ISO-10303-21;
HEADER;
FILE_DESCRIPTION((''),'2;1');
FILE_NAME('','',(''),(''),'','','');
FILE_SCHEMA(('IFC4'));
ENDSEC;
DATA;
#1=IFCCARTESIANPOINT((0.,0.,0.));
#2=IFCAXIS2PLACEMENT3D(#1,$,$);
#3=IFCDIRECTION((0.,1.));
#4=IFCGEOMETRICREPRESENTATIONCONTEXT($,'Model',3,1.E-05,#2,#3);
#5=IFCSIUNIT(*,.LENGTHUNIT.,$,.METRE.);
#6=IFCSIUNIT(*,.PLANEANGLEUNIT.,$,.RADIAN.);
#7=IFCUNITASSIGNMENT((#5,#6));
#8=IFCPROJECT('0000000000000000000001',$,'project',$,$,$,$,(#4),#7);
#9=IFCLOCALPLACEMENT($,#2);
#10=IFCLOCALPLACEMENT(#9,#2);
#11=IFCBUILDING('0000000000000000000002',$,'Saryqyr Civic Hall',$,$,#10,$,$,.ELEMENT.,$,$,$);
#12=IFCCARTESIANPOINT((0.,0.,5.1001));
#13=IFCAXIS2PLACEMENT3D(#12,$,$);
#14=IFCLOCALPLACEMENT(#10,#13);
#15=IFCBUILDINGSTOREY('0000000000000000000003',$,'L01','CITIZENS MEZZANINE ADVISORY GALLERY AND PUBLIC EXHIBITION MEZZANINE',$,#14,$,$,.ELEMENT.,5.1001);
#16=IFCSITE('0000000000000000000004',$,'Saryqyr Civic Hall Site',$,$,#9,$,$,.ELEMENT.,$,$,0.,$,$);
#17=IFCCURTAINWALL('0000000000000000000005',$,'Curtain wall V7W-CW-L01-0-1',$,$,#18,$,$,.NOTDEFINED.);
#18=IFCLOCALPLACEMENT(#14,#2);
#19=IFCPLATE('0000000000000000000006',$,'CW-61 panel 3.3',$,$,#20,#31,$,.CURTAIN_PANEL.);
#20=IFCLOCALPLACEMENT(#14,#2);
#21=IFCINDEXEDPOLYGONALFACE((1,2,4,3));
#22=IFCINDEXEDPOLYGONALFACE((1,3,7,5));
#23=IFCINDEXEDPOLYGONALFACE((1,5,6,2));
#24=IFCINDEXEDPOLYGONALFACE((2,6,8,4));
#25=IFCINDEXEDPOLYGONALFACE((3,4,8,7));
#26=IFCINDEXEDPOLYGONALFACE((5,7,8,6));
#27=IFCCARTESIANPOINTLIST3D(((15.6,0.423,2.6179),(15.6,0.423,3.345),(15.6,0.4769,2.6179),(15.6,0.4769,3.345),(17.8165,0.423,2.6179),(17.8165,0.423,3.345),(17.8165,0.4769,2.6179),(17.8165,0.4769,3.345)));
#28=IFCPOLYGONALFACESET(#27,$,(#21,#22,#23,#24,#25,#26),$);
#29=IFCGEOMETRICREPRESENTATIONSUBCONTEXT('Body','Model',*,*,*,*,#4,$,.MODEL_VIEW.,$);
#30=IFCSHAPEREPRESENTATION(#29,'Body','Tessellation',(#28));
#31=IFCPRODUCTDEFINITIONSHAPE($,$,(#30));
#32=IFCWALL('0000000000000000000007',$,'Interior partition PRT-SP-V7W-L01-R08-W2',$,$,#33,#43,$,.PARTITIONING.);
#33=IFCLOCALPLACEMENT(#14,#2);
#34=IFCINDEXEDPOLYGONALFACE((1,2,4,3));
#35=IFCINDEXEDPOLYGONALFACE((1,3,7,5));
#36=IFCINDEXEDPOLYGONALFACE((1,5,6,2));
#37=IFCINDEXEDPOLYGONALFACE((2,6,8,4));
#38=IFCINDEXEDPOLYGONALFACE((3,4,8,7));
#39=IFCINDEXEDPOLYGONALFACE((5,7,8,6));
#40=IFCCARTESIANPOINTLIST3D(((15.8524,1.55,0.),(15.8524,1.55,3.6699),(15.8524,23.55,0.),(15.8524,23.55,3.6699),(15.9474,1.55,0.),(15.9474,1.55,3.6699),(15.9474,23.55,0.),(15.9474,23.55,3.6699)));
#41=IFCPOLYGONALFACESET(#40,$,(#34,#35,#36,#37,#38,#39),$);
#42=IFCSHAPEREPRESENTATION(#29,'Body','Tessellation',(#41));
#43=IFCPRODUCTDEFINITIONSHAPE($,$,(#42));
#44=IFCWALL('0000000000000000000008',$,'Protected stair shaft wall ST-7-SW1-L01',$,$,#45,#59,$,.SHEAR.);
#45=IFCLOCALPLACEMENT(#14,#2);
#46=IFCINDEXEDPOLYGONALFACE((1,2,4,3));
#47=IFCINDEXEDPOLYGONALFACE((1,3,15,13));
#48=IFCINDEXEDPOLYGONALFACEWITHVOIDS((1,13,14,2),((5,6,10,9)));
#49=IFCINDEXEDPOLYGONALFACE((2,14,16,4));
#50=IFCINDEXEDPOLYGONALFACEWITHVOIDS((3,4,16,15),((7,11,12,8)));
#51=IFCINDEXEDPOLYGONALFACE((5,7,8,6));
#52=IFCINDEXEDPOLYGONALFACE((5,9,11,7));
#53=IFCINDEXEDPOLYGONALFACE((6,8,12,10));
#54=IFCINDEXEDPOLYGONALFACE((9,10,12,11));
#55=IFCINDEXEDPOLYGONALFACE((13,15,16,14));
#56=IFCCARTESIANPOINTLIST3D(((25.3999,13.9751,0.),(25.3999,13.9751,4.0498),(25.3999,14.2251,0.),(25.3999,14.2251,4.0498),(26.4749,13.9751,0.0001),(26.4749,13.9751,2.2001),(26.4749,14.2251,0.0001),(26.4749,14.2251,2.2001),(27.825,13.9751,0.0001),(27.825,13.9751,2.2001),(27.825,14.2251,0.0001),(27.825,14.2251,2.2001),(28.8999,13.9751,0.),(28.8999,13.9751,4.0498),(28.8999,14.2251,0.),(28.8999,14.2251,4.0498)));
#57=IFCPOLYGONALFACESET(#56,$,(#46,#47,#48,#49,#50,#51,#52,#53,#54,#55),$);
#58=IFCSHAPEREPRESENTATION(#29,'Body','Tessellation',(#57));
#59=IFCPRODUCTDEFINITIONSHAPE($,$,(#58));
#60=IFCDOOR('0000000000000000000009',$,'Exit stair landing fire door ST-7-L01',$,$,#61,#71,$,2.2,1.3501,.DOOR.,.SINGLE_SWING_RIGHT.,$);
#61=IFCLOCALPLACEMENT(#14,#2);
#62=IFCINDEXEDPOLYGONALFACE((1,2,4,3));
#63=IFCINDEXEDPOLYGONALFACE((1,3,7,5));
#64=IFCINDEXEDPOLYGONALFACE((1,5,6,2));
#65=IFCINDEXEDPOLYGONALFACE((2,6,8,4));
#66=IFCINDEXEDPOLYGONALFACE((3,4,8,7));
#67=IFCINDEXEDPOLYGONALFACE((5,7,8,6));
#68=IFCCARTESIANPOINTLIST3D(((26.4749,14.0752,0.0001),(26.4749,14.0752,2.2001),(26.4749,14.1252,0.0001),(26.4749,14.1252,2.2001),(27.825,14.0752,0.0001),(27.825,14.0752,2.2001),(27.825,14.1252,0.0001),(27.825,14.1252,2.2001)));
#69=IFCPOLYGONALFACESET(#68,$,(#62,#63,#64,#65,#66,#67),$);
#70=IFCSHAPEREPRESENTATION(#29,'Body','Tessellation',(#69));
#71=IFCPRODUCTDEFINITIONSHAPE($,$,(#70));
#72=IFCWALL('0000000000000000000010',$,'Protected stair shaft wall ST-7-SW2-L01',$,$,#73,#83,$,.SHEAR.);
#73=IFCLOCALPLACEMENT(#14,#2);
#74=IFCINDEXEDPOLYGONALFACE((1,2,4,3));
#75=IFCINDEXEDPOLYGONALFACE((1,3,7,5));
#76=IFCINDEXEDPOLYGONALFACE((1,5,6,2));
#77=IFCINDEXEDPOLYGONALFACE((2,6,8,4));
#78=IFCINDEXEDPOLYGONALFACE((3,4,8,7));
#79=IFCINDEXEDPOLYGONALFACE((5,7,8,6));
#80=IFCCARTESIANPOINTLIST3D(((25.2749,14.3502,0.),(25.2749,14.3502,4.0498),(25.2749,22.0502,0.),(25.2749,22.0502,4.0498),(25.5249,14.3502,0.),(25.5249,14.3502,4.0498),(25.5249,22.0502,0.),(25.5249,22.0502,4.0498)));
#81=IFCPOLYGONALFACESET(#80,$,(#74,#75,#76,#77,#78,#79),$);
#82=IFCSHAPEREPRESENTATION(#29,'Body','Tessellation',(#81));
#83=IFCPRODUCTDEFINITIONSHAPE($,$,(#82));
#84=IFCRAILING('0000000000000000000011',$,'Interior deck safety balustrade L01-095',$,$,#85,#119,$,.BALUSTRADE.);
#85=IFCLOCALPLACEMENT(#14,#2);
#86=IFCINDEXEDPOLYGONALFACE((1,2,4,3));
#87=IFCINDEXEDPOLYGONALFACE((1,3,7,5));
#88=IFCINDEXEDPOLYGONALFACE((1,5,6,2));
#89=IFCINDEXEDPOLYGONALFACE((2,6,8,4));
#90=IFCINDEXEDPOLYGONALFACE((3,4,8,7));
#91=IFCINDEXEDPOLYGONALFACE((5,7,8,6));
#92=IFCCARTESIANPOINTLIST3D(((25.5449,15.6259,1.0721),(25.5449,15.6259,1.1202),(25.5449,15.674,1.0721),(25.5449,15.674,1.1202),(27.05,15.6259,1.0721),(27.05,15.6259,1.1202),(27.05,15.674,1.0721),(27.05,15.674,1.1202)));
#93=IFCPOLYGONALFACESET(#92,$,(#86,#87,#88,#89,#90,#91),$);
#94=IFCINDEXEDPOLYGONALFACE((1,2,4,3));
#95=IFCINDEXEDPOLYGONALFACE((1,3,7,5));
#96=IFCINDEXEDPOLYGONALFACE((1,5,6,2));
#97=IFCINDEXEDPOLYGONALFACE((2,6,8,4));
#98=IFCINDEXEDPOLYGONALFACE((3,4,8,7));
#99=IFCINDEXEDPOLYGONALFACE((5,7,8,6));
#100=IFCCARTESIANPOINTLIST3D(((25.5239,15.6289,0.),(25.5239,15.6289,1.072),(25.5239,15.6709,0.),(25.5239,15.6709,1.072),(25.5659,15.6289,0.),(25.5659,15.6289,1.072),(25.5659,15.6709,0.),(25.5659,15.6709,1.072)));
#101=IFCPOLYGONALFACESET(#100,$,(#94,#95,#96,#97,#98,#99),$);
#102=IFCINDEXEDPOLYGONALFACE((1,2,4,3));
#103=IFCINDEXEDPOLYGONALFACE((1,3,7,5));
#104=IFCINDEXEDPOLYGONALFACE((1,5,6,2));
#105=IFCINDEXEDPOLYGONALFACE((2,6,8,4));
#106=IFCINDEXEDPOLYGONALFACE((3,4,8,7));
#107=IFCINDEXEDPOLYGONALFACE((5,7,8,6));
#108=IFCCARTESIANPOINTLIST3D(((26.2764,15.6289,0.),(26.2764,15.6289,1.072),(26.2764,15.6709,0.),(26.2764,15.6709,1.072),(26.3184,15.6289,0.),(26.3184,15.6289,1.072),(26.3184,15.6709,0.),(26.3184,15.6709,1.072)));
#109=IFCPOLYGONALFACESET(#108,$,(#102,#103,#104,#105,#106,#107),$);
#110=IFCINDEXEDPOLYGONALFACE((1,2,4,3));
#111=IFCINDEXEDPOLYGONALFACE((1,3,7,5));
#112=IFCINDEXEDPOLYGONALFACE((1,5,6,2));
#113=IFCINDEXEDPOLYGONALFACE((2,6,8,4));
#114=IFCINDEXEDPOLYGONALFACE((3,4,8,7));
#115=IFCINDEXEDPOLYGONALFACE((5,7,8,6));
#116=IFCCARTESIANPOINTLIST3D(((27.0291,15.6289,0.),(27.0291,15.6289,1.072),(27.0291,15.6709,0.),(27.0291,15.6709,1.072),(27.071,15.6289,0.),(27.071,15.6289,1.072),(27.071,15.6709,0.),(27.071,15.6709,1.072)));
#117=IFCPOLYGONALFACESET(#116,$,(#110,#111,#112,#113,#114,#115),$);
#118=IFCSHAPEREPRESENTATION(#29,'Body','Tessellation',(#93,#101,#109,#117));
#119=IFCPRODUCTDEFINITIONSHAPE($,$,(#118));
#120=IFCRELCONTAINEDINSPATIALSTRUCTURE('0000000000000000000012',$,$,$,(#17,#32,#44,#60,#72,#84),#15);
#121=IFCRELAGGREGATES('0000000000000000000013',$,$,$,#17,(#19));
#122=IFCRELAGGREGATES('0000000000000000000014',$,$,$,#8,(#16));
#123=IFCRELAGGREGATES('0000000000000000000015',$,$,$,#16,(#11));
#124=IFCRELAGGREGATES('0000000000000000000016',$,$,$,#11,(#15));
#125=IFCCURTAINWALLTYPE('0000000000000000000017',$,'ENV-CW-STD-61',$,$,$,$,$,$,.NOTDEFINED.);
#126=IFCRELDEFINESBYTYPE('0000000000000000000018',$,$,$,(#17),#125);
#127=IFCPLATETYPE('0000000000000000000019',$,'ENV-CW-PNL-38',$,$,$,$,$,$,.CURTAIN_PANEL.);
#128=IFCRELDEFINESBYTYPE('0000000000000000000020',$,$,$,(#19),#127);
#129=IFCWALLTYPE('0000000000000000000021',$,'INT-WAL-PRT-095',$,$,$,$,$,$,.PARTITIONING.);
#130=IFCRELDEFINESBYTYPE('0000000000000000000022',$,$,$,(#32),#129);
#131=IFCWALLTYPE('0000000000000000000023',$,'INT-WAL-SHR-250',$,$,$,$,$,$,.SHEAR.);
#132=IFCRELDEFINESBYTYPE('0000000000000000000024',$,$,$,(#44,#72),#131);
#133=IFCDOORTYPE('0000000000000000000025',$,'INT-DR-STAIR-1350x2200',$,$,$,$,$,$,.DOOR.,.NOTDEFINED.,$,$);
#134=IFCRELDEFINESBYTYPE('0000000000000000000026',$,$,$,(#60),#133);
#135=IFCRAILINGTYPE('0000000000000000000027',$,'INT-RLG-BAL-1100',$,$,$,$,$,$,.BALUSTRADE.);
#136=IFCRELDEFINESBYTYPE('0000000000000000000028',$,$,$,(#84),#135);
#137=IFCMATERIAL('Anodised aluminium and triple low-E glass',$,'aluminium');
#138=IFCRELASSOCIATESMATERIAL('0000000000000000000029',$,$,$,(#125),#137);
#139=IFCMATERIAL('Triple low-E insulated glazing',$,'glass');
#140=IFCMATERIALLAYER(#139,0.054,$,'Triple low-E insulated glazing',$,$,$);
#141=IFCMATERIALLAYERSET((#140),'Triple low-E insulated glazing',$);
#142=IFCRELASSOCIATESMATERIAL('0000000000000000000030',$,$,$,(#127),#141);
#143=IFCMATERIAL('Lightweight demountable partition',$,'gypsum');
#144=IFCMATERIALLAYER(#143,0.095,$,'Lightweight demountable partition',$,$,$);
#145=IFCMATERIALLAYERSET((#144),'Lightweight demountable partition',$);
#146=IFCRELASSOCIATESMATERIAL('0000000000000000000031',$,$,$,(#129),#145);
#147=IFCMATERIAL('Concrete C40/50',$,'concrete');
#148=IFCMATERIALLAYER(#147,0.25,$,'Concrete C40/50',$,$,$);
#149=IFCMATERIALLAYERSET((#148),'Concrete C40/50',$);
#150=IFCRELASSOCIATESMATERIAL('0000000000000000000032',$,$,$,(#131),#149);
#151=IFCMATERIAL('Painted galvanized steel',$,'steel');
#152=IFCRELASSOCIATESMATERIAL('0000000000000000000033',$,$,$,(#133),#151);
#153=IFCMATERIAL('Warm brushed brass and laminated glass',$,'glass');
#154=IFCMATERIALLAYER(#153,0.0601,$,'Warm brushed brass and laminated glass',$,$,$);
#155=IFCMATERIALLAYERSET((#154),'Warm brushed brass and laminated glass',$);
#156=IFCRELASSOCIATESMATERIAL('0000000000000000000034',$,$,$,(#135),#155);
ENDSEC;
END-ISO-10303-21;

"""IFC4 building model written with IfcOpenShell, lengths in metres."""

from ifc_helpers import new_model, si_unit, direction, frame, frame_2d, origin, origin_2d, place, context, subcontext, project, spatial, rectangle, extrude, material, layer, layer_set, type_object, element, fill, aggregate, save


model = new_model("IFC4")

# Units and contexts
model_context = context("Model", 3, precision=1e-05, world=origin(), true_north=direction((0.0, 1.0)))
body_context = subcontext(model_context, "Body", "Model", "MODEL_VIEW")
ifc_project = project(units=[si_unit("LENGTHUNIT", "METRE"), si_unit("PLANEANGLEUNIT", "RADIAN")], contexts=[model_context])

# Site, building, storey
site_placement = place(None, origin())
site = spatial("IfcSite", under=ifc_project, at=site_placement, Name="Saryqyr Civic Hall Site", CompositionType="ELEMENT", RefElevation=0.0)
building_placement = place(site_placement, origin())
building = spatial("IfcBuilding", under=site, at=building_placement, Name="Saryqyr Civic Hall", CompositionType="ELEMENT")
storey_placement = place(building_placement, frame((0.0, 0.0, 5.1001)))
storey = spatial("IfcBuildingStorey", under=building, at=storey_placement, Name="L01", Description="CITIZENS MEZZANINE ADVISORY GALLERY AND PUBLIC EXHIBITION MEZZANINE", CompositionType="ELEMENT", Elevation=5.1001)

# Shared definitions
ifc_material_1 = material(Name="Concrete C40/50", Category="concrete")

# Curtain wall
ifc_material_2 = material(Name="Anodised aluminium and triple low-E glass", Category="aluminium")
curtain_wall_type = type_object("IfcCurtainWallType", Name="ENV-CW-STD-61", PredefinedType="NOTDEFINED", material=ifc_material_2)
curtain_wall_placement = place(storey_placement, origin())
curtain_wall = element("IfcCurtainWall", 1, at=curtain_wall_placement, inside=storey, type_object=curtain_wall_type, Name="Curtain wall V7W-CW-L01-0-1", PredefinedType="NOTDEFINED")

# Plate
ifc_material_3 = material(Name="Triple low-E insulated glazing", Category="glass")
ifc_layer_1 = layer(ifc_material_3, 0.054, Name="Triple low-E insulated glazing")
ifc_layer_set_1 = layer_set([ifc_layer_1], Name="Triple low-E insulated glazing")
plate_type = type_object("IfcPlateType", Name="ENV-CW-PNL-38", PredefinedType="CURTAIN_PANEL", material=ifc_layer_set_1)
plate_1_placement = place(storey_placement, frame((16.7083, 0.45, 2.6179), z_axis=(0.0, 0.0, 1.0), x_axis=(-1.0, 0.0, 0.0)))
plate_1 = element("IfcPlate", 2, at=plate_1_placement, type_object=plate_type, Name="CW-61 panel 3.3", PredefinedType="CURTAIN_PANEL", context=body_context, shape_type="SweptSolid", body=[
    extrude(rectangle(XDim=2.2166, YDim=0.054, at=origin_2d()), origin(), (0.0, 0.0, 1.0), 0.7271),
])
aggregate(curtain_wall, [plate_1])

# Wall
ifc_material_4 = material(Name="Lightweight demountable partition", Category="gypsum")
ifc_layer_2 = layer(ifc_material_4, 0.095, Name="Lightweight demountable partition")
ifc_layer_set_2 = layer_set([ifc_layer_2], Name="Lightweight demountable partition")
wall_type_1 = type_object("IfcWallType", Name="INT-WAL-PRT-095", PredefinedType="PARTITIONING", material=ifc_layer_set_2)
wall_1_placement = place(storey_placement, frame((15.8999, 1.55, 0.0), z_axis=(0.0, 0.0, 1.0), x_axis=(0.0, 1.0, 0.0)))
element("IfcWall", 3, at=wall_1_placement, inside=storey, type_object=wall_type_1, Name="Interior partition PRT-SP-V7W-L01-R08-W2", PredefinedType="PARTITIONING", context=body_context, shape_type="SweptSolid", body=[
    extrude(rectangle(XDim=22.0, YDim=0.095, at=frame_2d((11.0, 0.0))), origin(), (0.0, 0.0, 1.0), 3.6699),
])

# Wall, opening, door
ifc_layer_3 = layer(ifc_material_1, 0.25, Name="Concrete C40/50")
ifc_layer_set_3 = layer_set([ifc_layer_3], Name="Concrete C40/50")
wall_type_2 = type_object("IfcWallType", Name="INT-WAL-SHR-250", PredefinedType="SHEAR", material=ifc_layer_set_3)
wall_2_placement = place(storey_placement, frame((28.8999, 14.1001, 0.0), z_axis=(0.0, 0.0, 1.0), x_axis=(-1.0, 0.0, 0.0)))
wall_2 = element("IfcWall", 4, at=wall_2_placement, inside=storey, type_object=wall_type_2, Name="Protected stair shaft wall ST-7-SW1-L01", PredefinedType="SHEAR", context=body_context, shape_type="SweptSolid", body=[
    extrude(rectangle(XDim=3.5, YDim=0.25, at=frame_2d((1.75, 0.0))), origin(), (0.0, 0.0, 1.0), 4.0498),
])
opening_placement = place(wall_2_placement, frame((1.075, 0.0, 0.0)))
opening = element("IfcOpeningElement", 5, at=opening_placement, cuts=wall_2, PredefinedType="OPENING", context=body_context, shape_type="SweptSolid", body=[
    extrude(rectangle(XDim=1.3501, YDim=2.2, at=frame_2d((0.675, 1.1001))), frame((0.0, 0.135, 0.0), z_axis=(0.0, -1.0, 0.0), x_axis=(1.0, 0.0, 0.0)), (0.0, 0.0, 1.0), 0.27),
])
ifc_material_5 = material(Name="Painted galvanized steel", Category="steel")
door_type = type_object("IfcDoorType", Name="INT-DR-STAIR-1350x2200", OperationType="NOTDEFINED", PredefinedType="DOOR", material=ifc_material_5)
door_placement = place(opening_placement, origin())
door = element("IfcDoor", 6, at=door_placement, inside=storey, type_object=door_type, Name="Exit stair landing fire door ST-7-L01", OperationType="SINGLE_SWING_RIGHT", OverallHeight=2.2, OverallWidth=1.3501, PredefinedType="DOOR", context=body_context, shape_type="SweptSolid", body=[
    extrude(rectangle(XDim=1.3501, YDim=2.2, at=frame_2d((0.675, 1.1001))), frame((0.0, 0.0249, 0.0), z_axis=(0.0, -1.0, 0.0), x_axis=(1.0, 0.0, 0.0)), (0.0, 0.0, 1.0), 0.05),
])
fill(opening, door)

# Wall
wall_3_placement = place(storey_placement, frame((25.3999, 14.3501, 0.0), z_axis=(0.0, 0.0, 1.0), x_axis=(0.0, 1.0, 0.0)))
element("IfcWall", 7, at=wall_3_placement, inside=storey, type_object=wall_type_2, Name="Protected stair shaft wall ST-7-SW2-L01", PredefinedType="SHEAR", context=body_context, shape_type="SweptSolid", body=[
    extrude(rectangle(XDim=7.7, YDim=0.25, at=frame_2d((3.8501, 0.0))), origin(), (0.0, 0.0, 1.0), 4.0498),
])

# Railing
ifc_material_6 = material(Name="Warm brushed brass and laminated glass", Category="glass")
ifc_layer_4 = layer(ifc_material_6, 0.0601, Name="Warm brushed brass and laminated glass")
ifc_layer_set_4 = layer_set([ifc_layer_4], Name="Warm brushed brass and laminated glass")
railing_type = type_object("IfcRailingType", Name="INT-RLG-BAL-1100", PredefinedType="BALUSTRADE", material=ifc_layer_set_4)
railing_placement = place(storey_placement, frame((25.5449, 15.6499, 0.0)))
element("IfcRailing", 8, at=railing_placement, inside=storey, type_object=railing_type, Name="Interior deck safety balustrade L01-095", PredefinedType="BALUSTRADE", context=body_context, shape_type="SweptSolid", body=[
    extrude(rectangle(XDim=0.0481, YDim=0.0481, at=origin_2d()), frame((0.0, 0.0, 1.0962), z_axis=(1.0, 0.0, 0.0), x_axis=(0.0, 1.0, 0.0)), (0.0, 0.0, 1.0), 1.5051),
    extrude(rectangle(XDim=0.042, YDim=0.042, at=origin_2d()), origin(), (0.0, 0.0, 1.0), 1.072),
    extrude(rectangle(XDim=0.042, YDim=0.042, at=origin_2d()), frame((0.7524, 0.0, 0.0)), (0.0, 0.0, 1.0), 1.072),
    extrude(rectangle(XDim=0.042, YDim=0.042, at=origin_2d()), frame((1.5051, 0.0, 0.0)), (0.0, 0.0, 1.0), 1.072),
])

save(model, "model.ifc")
